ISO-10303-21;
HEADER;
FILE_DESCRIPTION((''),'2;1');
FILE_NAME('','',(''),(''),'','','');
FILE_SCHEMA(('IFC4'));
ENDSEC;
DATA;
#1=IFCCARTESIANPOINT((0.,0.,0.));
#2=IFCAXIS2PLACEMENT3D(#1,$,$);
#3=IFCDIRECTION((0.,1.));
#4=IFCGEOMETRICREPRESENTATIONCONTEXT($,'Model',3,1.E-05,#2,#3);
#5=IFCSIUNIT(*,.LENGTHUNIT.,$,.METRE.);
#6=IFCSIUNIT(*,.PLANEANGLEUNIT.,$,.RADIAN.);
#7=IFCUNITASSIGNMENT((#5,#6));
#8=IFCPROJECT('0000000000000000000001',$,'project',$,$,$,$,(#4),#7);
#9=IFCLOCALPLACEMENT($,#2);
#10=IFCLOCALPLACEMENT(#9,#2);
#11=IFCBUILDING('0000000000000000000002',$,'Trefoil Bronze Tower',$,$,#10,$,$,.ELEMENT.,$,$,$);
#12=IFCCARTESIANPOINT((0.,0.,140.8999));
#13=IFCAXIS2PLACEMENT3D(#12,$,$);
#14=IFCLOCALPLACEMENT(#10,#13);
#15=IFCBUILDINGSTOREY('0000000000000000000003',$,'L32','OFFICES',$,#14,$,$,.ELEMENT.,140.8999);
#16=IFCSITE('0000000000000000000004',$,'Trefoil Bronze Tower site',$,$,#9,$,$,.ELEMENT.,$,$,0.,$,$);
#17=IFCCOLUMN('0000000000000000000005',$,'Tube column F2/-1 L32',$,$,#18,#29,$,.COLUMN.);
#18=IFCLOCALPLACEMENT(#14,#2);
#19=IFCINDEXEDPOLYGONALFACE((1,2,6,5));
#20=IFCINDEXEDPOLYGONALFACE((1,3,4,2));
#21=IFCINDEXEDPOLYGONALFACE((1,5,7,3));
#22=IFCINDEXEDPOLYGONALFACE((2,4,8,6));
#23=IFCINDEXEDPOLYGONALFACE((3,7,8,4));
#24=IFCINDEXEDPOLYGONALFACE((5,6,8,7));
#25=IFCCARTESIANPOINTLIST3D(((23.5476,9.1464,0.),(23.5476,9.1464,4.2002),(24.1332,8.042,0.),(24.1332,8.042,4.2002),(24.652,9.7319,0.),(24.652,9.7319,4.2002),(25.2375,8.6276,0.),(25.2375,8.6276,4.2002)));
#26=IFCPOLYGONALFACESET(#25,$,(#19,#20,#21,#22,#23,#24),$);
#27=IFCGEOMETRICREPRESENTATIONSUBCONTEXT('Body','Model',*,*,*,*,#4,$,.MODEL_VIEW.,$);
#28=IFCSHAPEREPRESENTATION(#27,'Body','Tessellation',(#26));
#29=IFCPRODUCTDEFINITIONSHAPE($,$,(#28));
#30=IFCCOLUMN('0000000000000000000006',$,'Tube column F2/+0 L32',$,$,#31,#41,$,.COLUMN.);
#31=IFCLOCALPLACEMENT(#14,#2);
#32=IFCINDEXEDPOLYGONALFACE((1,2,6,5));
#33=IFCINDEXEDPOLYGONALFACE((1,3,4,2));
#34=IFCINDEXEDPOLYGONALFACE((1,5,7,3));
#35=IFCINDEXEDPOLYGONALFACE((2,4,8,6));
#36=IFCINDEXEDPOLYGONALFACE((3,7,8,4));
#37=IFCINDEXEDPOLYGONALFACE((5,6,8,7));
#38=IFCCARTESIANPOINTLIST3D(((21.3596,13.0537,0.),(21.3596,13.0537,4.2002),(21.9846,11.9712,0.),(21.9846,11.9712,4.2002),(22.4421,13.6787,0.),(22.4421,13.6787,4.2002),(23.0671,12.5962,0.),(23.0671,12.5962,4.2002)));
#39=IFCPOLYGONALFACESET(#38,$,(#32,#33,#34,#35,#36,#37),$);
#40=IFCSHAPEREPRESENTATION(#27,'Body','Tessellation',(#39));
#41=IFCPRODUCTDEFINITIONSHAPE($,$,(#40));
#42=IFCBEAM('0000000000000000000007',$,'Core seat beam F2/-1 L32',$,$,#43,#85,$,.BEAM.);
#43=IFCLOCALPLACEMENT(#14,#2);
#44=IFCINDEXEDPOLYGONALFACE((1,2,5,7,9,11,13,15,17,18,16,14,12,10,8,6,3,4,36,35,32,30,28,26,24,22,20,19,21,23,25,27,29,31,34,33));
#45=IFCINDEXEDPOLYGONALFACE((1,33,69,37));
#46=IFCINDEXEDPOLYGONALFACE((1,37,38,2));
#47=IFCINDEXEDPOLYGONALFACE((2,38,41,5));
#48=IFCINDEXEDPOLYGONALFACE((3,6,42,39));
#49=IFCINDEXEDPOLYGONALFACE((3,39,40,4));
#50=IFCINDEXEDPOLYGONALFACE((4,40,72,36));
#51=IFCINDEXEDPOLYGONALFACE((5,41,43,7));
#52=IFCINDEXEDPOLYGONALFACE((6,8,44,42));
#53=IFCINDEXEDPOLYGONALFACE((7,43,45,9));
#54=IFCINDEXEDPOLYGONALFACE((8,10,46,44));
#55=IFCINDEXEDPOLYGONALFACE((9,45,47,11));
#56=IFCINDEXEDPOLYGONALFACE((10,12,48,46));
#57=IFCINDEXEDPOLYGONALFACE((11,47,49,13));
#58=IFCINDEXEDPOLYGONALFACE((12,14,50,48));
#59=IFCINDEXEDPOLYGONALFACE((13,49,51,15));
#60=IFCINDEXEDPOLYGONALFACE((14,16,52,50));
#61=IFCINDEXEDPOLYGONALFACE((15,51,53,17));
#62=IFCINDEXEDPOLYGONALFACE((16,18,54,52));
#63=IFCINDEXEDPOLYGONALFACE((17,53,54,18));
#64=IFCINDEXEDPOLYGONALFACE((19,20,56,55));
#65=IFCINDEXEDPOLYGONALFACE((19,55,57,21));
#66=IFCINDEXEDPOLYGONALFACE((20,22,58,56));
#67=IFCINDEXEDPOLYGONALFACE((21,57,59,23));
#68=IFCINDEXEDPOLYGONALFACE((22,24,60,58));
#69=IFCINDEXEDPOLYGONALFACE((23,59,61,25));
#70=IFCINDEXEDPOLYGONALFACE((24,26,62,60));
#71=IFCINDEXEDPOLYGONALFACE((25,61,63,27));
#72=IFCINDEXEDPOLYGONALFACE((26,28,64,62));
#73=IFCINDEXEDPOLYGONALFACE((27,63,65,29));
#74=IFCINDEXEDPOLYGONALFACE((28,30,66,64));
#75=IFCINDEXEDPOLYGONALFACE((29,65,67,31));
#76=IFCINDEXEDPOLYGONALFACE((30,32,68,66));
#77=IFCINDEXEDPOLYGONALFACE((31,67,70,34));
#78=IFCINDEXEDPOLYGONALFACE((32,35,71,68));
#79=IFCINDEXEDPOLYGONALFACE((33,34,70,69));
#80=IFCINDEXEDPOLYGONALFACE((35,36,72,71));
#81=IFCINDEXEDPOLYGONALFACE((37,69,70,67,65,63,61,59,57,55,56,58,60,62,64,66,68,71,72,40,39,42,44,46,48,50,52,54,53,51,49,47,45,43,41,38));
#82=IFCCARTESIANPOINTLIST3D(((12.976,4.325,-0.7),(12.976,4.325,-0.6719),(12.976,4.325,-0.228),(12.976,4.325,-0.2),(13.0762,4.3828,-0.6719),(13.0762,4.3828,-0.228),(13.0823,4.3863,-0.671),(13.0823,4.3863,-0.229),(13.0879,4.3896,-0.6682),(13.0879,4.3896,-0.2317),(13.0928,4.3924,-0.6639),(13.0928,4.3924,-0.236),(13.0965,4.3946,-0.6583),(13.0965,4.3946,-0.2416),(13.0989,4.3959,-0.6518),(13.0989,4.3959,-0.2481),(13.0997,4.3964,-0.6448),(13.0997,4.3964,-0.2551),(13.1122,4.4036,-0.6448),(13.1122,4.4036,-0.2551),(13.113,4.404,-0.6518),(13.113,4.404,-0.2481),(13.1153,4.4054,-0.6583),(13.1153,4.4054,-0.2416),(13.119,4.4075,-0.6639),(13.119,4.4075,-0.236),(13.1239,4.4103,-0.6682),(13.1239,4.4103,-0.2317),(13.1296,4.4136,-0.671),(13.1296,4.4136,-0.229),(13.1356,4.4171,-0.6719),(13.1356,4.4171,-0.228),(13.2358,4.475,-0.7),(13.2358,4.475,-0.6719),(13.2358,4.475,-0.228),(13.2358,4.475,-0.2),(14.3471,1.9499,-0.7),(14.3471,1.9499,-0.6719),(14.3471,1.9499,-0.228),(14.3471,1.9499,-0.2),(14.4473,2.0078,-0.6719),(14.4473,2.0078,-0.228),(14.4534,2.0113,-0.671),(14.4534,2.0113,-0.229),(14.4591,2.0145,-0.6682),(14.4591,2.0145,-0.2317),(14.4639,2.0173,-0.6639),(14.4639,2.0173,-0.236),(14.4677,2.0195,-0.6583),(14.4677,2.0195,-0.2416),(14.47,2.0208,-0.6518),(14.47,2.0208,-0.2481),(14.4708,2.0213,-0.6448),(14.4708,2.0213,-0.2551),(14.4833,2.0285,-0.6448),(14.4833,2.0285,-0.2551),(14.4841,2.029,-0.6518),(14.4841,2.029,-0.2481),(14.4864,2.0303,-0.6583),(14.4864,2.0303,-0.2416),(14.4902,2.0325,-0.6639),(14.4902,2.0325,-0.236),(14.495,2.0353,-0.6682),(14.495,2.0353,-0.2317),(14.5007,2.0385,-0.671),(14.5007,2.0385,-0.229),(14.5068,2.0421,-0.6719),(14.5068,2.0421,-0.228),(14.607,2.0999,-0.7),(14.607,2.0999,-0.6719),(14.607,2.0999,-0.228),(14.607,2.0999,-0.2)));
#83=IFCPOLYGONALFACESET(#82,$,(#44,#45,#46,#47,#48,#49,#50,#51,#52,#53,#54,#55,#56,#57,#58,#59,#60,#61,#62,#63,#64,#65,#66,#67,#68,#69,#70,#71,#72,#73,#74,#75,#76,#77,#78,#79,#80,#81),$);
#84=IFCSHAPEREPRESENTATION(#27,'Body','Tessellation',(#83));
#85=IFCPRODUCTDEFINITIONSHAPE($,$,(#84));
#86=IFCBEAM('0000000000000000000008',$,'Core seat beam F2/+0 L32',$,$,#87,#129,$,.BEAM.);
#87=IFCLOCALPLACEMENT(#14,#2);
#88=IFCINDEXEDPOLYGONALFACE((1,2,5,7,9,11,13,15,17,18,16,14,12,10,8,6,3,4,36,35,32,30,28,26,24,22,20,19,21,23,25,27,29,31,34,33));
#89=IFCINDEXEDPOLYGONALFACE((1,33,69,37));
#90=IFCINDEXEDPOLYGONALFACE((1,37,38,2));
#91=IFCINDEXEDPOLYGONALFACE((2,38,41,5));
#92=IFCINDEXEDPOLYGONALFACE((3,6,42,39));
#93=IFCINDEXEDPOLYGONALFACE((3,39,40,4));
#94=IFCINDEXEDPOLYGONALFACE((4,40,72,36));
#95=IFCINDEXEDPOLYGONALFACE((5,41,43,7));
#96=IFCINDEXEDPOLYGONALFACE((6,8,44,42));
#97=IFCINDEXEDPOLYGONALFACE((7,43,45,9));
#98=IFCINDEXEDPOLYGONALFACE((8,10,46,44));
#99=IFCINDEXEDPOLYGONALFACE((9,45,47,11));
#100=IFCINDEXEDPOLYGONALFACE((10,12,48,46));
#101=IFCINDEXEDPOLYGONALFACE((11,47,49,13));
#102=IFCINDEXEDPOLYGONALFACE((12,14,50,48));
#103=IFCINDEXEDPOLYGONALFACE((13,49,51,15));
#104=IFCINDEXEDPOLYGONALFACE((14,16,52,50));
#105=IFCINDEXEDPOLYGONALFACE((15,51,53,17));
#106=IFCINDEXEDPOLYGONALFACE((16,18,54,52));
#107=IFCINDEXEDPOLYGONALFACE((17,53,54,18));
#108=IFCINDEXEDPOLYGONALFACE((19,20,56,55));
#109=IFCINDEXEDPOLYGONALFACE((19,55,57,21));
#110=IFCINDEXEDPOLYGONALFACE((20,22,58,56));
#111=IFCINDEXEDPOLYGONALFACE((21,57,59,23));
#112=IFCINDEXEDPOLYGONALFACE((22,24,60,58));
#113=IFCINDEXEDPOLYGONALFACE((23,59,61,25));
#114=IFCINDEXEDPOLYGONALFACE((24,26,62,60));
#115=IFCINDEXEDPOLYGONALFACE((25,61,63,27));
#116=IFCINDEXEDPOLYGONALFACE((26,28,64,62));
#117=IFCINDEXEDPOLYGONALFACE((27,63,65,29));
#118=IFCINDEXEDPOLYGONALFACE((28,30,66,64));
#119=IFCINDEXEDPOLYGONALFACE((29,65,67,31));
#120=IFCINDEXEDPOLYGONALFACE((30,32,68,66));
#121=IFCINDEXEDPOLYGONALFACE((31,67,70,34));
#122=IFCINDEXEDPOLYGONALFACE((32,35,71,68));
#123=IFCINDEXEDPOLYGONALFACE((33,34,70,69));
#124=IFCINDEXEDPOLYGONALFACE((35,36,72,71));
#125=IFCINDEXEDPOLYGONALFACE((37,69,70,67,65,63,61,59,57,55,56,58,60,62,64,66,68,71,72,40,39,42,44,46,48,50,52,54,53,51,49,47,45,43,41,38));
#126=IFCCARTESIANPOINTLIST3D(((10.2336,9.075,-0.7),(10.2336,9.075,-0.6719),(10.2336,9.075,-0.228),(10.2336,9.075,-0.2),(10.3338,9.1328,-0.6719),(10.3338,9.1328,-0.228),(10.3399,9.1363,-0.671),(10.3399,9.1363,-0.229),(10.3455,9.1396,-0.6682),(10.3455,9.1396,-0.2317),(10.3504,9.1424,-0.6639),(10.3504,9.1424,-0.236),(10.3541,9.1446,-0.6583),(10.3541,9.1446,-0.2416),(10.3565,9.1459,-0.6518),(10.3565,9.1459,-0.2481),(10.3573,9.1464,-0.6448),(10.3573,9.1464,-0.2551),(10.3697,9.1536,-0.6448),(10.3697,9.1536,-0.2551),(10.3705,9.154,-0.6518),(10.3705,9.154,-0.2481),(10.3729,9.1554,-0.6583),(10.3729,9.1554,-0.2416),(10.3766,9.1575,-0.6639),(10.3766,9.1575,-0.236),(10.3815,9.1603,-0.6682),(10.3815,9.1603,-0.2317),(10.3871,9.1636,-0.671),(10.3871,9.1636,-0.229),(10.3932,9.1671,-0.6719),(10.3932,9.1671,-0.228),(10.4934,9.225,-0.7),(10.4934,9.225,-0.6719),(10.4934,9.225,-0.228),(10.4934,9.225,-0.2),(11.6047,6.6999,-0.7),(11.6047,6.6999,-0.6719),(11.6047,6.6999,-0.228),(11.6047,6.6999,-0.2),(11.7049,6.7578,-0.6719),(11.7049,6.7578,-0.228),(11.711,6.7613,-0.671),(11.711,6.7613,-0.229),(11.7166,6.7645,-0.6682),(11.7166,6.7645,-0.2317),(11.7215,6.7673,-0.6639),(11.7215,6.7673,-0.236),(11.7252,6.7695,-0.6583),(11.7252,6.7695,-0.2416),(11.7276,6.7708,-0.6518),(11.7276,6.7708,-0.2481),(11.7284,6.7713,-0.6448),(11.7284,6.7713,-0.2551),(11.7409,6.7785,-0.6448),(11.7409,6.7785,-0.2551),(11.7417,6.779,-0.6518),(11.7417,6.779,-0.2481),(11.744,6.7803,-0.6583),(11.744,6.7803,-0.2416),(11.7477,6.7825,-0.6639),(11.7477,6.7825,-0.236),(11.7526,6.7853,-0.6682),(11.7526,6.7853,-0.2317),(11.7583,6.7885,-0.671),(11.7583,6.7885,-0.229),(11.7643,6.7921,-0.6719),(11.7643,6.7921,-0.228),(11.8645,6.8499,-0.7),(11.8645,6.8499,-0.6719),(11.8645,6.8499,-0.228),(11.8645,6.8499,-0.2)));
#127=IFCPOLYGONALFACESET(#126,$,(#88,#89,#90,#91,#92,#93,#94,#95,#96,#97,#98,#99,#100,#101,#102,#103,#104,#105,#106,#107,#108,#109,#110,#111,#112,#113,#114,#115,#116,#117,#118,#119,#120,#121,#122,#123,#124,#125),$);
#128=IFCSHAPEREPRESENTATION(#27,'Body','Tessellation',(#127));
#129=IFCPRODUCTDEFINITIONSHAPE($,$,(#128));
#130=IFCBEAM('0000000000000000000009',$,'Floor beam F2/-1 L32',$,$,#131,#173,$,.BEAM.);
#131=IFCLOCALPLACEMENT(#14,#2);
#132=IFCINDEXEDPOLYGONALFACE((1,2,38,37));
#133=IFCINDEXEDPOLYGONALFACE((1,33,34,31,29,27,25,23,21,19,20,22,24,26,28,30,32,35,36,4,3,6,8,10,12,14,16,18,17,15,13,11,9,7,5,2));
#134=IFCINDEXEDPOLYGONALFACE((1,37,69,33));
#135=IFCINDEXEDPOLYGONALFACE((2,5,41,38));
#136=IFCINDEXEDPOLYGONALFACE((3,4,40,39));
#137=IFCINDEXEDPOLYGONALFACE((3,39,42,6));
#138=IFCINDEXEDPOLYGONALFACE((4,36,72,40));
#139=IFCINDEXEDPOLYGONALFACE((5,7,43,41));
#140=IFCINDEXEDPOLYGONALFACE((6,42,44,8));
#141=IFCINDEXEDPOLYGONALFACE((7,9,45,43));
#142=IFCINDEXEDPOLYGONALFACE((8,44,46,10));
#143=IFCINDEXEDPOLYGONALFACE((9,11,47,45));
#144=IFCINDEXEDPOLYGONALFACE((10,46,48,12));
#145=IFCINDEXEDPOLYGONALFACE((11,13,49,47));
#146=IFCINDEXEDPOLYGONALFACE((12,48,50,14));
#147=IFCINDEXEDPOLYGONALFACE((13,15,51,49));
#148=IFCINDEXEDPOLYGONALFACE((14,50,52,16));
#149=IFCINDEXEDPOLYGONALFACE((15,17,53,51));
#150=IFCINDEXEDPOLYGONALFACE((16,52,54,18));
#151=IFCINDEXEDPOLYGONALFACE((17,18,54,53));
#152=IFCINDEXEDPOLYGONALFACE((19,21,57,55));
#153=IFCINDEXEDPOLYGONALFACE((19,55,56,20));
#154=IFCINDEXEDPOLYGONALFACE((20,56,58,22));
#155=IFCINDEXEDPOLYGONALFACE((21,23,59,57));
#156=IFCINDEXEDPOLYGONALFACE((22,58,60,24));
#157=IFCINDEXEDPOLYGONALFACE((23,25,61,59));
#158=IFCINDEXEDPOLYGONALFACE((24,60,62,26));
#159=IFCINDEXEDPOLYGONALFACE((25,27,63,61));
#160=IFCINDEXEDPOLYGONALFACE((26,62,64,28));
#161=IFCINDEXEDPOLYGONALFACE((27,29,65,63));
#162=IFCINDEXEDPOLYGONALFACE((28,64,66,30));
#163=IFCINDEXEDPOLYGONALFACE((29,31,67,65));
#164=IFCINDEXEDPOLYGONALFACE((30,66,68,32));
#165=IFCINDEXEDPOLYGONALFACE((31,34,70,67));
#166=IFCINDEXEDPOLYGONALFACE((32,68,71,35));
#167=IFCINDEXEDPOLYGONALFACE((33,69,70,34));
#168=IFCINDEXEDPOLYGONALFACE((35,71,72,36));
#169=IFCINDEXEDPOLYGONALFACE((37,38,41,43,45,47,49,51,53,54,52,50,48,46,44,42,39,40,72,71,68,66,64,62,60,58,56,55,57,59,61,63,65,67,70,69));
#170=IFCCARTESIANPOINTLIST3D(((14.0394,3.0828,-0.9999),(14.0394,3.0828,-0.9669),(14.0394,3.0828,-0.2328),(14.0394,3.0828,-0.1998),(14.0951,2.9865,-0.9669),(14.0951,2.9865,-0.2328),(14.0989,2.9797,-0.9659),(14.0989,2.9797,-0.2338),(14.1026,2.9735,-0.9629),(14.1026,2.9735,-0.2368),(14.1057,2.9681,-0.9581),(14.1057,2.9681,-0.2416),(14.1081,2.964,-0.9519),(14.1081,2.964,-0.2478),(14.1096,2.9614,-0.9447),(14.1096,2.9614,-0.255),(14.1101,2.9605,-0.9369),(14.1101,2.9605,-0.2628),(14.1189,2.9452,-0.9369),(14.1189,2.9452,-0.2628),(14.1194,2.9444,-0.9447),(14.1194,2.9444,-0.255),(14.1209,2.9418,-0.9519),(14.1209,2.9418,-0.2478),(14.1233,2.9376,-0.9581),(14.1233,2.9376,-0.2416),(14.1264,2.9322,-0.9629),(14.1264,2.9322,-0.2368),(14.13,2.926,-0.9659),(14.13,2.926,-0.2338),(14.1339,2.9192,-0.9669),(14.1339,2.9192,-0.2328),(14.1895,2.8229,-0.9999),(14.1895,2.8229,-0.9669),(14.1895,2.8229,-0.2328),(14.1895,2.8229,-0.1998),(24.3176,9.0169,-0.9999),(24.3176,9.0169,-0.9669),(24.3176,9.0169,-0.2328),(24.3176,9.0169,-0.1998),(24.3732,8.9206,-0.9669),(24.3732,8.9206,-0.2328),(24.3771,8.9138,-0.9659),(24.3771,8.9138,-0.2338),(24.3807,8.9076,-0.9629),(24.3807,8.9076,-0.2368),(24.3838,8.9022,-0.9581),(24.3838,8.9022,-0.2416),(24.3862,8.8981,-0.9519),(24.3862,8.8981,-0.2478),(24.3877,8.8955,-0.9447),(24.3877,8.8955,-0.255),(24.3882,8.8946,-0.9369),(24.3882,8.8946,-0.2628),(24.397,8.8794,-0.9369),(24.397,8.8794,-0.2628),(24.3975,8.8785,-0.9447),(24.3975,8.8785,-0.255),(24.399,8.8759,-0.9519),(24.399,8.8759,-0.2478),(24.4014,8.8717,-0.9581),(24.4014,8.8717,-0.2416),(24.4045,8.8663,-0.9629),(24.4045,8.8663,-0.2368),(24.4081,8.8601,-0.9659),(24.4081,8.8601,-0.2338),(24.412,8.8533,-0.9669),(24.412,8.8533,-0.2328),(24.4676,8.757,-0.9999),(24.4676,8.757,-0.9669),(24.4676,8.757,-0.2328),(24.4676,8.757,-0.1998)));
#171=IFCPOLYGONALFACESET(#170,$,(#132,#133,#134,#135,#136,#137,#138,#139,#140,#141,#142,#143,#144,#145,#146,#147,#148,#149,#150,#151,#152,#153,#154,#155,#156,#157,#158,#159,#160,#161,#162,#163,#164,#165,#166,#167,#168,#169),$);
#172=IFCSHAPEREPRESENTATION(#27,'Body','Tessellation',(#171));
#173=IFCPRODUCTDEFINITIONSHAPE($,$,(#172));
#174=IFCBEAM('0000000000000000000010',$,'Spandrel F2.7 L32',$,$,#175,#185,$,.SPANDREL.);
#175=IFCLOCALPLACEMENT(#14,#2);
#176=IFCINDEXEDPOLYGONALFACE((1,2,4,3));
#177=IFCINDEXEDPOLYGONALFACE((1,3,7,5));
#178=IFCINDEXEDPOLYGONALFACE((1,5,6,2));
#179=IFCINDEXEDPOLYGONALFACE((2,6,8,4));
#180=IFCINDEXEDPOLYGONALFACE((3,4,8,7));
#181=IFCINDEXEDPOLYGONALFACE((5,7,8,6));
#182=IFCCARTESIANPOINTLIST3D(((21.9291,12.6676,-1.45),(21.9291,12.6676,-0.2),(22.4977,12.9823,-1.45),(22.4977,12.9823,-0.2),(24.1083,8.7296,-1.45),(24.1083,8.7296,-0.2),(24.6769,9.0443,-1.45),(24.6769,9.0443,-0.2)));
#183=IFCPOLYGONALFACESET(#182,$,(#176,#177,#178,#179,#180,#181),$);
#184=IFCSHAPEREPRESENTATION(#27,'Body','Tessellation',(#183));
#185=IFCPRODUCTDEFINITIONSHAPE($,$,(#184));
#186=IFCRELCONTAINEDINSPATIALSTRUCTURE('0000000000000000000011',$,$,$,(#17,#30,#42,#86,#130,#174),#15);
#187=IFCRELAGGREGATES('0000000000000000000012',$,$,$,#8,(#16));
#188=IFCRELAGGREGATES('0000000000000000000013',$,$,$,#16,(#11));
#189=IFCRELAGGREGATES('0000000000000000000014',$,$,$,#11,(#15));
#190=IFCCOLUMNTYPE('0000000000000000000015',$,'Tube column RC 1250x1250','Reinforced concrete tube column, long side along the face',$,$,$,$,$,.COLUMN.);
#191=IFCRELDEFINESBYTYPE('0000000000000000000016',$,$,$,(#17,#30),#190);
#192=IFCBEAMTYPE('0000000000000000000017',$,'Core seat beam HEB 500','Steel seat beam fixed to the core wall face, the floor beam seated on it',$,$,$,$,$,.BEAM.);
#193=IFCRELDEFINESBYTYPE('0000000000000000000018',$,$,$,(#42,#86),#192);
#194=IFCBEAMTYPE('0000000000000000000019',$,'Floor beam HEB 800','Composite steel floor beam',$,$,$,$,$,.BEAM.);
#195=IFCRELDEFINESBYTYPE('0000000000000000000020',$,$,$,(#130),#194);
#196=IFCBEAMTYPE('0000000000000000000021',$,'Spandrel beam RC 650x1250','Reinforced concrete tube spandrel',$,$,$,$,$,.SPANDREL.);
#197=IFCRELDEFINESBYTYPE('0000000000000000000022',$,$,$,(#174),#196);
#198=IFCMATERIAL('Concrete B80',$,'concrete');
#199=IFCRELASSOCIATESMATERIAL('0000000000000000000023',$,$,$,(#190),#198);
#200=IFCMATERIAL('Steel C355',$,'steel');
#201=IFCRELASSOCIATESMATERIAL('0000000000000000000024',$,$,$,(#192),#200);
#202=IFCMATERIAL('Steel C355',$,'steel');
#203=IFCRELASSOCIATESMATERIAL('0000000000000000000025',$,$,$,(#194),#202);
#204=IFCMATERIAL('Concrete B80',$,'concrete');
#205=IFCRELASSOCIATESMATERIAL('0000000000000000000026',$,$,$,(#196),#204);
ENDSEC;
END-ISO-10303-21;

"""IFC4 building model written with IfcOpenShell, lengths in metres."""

from ifc_helpers import new_model, si_unit, direction, frame, origin, origin_2d, place, context, subcontext, project, spatial, rectangle, i_section, extrude, material, material_profile, profile_set, type_object, element, save


model = new_model("IFC4")

# Units and contexts
model_context = context("Model", 3, precision=1e-05, world=origin(), true_north=direction((0.0, 1.0)))
body_context = subcontext(model_context, "Body", "Model", "MODEL_VIEW")
ifc_project = project(units=[si_unit("LENGTHUNIT", "METRE"), si_unit("PLANEANGLEUNIT", "RADIAN")], contexts=[model_context])

# Site, building, storey
site_placement = place(None, origin())
site = spatial("IfcSite", under=ifc_project, at=site_placement, Name="Trefoil Bronze Tower site", CompositionType="ELEMENT", RefElevation=0.0)
building_placement = place(site_placement, origin())
building = spatial("IfcBuilding", under=site, at=building_placement, Name="Trefoil Bronze Tower", CompositionType="ELEMENT")
storey_placement = place(building_placement, frame((0.0, 0.0, 140.8999)))
storey = spatial("IfcBuildingStorey", under=building, at=storey_placement, Name="L32", Description="OFFICES", CompositionType="ELEMENT", Elevation=140.8999)

# Columns
ifc_material_1 = material(Name="Concrete B80", Category="concrete")
ifc_material_profile_1 = material_profile(ifc_material_1, rectangle(XDim=1.25, YDim=1.25, at=origin_2d()), Name="RC 1250x1250")
ifc_profile_set_1 = profile_set([ifc_material_profile_1], Name="Concrete B80")
column_type = type_object("IfcColumnType", Name="Tube column RC 1250x1250", Description="Reinforced concrete tube column, long side along the face", PredefinedType="COLUMN", material=ifc_profile_set_1)
for number, where, z_axis, x_axis, name in (
    (1, (24.3926, 8.887, 0.0), (0.0, 0.0, 1.0), (-0.468457, 0.883486, 0.0), "Tube column F2/-1 L32"),
    (2, (22.2134, 12.825, 0.0), (0.0, 0.0, 1.0), (-0.5, 0.866025, 0.0), "Tube column F2/+0 L32"),
):
    element("IfcColumn", number, at=place(storey_placement, frame(where, z_axis=z_axis, x_axis=x_axis)), inside=storey, type_object=column_type, Name=name, PredefinedType="COLUMN", context=body_context, shape_type="SweptSolid", body=[
        extrude(rectangle(XDim=1.25, YDim=1.25, at=origin_2d()), origin(), (0.0, 0.0, 1.0), 4.2002),
    ])

# Beams
ifc_material_2 = material(Name="Steel C355", Category="steel")
ifc_material_profile_2 = material_profile(ifc_material_2, i_section(OverallWidth=0.3, OverallDepth=0.5, WebThickness=0.0144, FlangeThickness=0.0281, FilletRadius=0.0271, at=origin_2d()), Name="HEB 500")
ifc_profile_set_2 = profile_set([ifc_material_profile_2], Name="Steel C355")
beam_type_1 = type_object("IfcBeamType", Name="Core seat beam HEB 500", Description="Steel seat beam fixed to the core wall face, the floor beam seated on it", PredefinedType="BEAM", material=ifc_profile_set_2)
for number, where, z_axis, x_axis, name in (
    (3, (14.4771, 2.0249, -0.45), (-0.499969, 0.866043, 0.0), (-0.866043, -0.499969, 0.0), "Core seat beam F2/-1 L32"),
    (4, (11.7346, 6.7749, -0.45), (-0.499969, 0.866043, 0.0), (-0.866043, -0.499969, 0.0), "Core seat beam F2/+0 L32"),
):
    element("IfcBeam", number, at=place(storey_placement, frame(where, z_axis=z_axis, x_axis=x_axis)), inside=storey, type_object=beam_type_1, Name=name, PredefinedType="BEAM", context=body_context, shape_type="SweptSolid", body=[
        extrude(i_section(OverallWidth=0.3, OverallDepth=0.5, WebThickness=0.0144, FlangeThickness=0.0281, FilletRadius=0.0271, at=origin_2d()), origin(), (0.0, 0.0, 1.0), 2.7424),
    ])
ifc_material_3 = material(Name="Steel C355", Category="steel")
ifc_material_profile_3 = material_profile(ifc_material_3, i_section(OverallWidth=0.3, OverallDepth=0.8, WebThickness=0.0176, FlangeThickness=0.033, FilletRadius=0.03, at=origin_2d()), Name="HEB 800")
ifc_profile_set_3 = profile_set([ifc_material_profile_3], Name="Steel C355")
beam_type_2 = type_object("IfcBeamType", Name="Floor beam HEB 800", Description="Composite steel floor beam", PredefinedType="BEAM", material=ifc_profile_set_3)
beam_1_placement = place(storey_placement, frame((24.3926, 8.887, -0.5999), z_axis=(-0.866024, -0.500002, 0.0), x_axis=(0.500002, -0.866024, 0.0)))
element("IfcBeam", 5, at=beam_1_placement, inside=storey, type_object=beam_type_2, Name="Floor beam F2/-1 L32", PredefinedType="BEAM", context=body_context, shape_type="SweptSolid", body=[
    extrude(i_section(OverallWidth=0.3, OverallDepth=0.8, WebThickness=0.0176, FlangeThickness=0.033, FilletRadius=0.03, at=origin_2d()), origin(), (0.0, 0.0, 1.0), 11.8682),
])
ifc_material_4 = material(Name="Concrete B80", Category="concrete")
ifc_material_profile_4 = material_profile(ifc_material_4, rectangle(XDim=0.6499, YDim=1.25, at=origin_2d()), Name="RC 650x1250")
ifc_profile_set_4 = profile_set([ifc_material_profile_4], Name="Concrete B80")
beam_type_3 = type_object("IfcBeamType", Name="Spandrel beam RC 650x1250", Description="Reinforced concrete tube spandrel", PredefinedType="SPANDREL", material=ifc_profile_set_4)
beam_2_placement = place(storey_placement, frame((24.3926, 8.887, -0.825), z_axis=(-0.484187, 0.874965, 0.0), x_axis=(-0.874965, -0.484187, 0.0)))
element("IfcBeam", 6, at=beam_2_placement, inside=storey, type_object=beam_type_3, Name="Spandrel F2.7 L32", PredefinedType="SPANDREL", context=body_context, shape_type="SweptSolid", body=[
    extrude(rectangle(XDim=0.6499, YDim=1.25, at=origin_2d()), origin(), (0.0, 0.0, 1.0), 4.5007),
])

save(model, "model.ifc")
